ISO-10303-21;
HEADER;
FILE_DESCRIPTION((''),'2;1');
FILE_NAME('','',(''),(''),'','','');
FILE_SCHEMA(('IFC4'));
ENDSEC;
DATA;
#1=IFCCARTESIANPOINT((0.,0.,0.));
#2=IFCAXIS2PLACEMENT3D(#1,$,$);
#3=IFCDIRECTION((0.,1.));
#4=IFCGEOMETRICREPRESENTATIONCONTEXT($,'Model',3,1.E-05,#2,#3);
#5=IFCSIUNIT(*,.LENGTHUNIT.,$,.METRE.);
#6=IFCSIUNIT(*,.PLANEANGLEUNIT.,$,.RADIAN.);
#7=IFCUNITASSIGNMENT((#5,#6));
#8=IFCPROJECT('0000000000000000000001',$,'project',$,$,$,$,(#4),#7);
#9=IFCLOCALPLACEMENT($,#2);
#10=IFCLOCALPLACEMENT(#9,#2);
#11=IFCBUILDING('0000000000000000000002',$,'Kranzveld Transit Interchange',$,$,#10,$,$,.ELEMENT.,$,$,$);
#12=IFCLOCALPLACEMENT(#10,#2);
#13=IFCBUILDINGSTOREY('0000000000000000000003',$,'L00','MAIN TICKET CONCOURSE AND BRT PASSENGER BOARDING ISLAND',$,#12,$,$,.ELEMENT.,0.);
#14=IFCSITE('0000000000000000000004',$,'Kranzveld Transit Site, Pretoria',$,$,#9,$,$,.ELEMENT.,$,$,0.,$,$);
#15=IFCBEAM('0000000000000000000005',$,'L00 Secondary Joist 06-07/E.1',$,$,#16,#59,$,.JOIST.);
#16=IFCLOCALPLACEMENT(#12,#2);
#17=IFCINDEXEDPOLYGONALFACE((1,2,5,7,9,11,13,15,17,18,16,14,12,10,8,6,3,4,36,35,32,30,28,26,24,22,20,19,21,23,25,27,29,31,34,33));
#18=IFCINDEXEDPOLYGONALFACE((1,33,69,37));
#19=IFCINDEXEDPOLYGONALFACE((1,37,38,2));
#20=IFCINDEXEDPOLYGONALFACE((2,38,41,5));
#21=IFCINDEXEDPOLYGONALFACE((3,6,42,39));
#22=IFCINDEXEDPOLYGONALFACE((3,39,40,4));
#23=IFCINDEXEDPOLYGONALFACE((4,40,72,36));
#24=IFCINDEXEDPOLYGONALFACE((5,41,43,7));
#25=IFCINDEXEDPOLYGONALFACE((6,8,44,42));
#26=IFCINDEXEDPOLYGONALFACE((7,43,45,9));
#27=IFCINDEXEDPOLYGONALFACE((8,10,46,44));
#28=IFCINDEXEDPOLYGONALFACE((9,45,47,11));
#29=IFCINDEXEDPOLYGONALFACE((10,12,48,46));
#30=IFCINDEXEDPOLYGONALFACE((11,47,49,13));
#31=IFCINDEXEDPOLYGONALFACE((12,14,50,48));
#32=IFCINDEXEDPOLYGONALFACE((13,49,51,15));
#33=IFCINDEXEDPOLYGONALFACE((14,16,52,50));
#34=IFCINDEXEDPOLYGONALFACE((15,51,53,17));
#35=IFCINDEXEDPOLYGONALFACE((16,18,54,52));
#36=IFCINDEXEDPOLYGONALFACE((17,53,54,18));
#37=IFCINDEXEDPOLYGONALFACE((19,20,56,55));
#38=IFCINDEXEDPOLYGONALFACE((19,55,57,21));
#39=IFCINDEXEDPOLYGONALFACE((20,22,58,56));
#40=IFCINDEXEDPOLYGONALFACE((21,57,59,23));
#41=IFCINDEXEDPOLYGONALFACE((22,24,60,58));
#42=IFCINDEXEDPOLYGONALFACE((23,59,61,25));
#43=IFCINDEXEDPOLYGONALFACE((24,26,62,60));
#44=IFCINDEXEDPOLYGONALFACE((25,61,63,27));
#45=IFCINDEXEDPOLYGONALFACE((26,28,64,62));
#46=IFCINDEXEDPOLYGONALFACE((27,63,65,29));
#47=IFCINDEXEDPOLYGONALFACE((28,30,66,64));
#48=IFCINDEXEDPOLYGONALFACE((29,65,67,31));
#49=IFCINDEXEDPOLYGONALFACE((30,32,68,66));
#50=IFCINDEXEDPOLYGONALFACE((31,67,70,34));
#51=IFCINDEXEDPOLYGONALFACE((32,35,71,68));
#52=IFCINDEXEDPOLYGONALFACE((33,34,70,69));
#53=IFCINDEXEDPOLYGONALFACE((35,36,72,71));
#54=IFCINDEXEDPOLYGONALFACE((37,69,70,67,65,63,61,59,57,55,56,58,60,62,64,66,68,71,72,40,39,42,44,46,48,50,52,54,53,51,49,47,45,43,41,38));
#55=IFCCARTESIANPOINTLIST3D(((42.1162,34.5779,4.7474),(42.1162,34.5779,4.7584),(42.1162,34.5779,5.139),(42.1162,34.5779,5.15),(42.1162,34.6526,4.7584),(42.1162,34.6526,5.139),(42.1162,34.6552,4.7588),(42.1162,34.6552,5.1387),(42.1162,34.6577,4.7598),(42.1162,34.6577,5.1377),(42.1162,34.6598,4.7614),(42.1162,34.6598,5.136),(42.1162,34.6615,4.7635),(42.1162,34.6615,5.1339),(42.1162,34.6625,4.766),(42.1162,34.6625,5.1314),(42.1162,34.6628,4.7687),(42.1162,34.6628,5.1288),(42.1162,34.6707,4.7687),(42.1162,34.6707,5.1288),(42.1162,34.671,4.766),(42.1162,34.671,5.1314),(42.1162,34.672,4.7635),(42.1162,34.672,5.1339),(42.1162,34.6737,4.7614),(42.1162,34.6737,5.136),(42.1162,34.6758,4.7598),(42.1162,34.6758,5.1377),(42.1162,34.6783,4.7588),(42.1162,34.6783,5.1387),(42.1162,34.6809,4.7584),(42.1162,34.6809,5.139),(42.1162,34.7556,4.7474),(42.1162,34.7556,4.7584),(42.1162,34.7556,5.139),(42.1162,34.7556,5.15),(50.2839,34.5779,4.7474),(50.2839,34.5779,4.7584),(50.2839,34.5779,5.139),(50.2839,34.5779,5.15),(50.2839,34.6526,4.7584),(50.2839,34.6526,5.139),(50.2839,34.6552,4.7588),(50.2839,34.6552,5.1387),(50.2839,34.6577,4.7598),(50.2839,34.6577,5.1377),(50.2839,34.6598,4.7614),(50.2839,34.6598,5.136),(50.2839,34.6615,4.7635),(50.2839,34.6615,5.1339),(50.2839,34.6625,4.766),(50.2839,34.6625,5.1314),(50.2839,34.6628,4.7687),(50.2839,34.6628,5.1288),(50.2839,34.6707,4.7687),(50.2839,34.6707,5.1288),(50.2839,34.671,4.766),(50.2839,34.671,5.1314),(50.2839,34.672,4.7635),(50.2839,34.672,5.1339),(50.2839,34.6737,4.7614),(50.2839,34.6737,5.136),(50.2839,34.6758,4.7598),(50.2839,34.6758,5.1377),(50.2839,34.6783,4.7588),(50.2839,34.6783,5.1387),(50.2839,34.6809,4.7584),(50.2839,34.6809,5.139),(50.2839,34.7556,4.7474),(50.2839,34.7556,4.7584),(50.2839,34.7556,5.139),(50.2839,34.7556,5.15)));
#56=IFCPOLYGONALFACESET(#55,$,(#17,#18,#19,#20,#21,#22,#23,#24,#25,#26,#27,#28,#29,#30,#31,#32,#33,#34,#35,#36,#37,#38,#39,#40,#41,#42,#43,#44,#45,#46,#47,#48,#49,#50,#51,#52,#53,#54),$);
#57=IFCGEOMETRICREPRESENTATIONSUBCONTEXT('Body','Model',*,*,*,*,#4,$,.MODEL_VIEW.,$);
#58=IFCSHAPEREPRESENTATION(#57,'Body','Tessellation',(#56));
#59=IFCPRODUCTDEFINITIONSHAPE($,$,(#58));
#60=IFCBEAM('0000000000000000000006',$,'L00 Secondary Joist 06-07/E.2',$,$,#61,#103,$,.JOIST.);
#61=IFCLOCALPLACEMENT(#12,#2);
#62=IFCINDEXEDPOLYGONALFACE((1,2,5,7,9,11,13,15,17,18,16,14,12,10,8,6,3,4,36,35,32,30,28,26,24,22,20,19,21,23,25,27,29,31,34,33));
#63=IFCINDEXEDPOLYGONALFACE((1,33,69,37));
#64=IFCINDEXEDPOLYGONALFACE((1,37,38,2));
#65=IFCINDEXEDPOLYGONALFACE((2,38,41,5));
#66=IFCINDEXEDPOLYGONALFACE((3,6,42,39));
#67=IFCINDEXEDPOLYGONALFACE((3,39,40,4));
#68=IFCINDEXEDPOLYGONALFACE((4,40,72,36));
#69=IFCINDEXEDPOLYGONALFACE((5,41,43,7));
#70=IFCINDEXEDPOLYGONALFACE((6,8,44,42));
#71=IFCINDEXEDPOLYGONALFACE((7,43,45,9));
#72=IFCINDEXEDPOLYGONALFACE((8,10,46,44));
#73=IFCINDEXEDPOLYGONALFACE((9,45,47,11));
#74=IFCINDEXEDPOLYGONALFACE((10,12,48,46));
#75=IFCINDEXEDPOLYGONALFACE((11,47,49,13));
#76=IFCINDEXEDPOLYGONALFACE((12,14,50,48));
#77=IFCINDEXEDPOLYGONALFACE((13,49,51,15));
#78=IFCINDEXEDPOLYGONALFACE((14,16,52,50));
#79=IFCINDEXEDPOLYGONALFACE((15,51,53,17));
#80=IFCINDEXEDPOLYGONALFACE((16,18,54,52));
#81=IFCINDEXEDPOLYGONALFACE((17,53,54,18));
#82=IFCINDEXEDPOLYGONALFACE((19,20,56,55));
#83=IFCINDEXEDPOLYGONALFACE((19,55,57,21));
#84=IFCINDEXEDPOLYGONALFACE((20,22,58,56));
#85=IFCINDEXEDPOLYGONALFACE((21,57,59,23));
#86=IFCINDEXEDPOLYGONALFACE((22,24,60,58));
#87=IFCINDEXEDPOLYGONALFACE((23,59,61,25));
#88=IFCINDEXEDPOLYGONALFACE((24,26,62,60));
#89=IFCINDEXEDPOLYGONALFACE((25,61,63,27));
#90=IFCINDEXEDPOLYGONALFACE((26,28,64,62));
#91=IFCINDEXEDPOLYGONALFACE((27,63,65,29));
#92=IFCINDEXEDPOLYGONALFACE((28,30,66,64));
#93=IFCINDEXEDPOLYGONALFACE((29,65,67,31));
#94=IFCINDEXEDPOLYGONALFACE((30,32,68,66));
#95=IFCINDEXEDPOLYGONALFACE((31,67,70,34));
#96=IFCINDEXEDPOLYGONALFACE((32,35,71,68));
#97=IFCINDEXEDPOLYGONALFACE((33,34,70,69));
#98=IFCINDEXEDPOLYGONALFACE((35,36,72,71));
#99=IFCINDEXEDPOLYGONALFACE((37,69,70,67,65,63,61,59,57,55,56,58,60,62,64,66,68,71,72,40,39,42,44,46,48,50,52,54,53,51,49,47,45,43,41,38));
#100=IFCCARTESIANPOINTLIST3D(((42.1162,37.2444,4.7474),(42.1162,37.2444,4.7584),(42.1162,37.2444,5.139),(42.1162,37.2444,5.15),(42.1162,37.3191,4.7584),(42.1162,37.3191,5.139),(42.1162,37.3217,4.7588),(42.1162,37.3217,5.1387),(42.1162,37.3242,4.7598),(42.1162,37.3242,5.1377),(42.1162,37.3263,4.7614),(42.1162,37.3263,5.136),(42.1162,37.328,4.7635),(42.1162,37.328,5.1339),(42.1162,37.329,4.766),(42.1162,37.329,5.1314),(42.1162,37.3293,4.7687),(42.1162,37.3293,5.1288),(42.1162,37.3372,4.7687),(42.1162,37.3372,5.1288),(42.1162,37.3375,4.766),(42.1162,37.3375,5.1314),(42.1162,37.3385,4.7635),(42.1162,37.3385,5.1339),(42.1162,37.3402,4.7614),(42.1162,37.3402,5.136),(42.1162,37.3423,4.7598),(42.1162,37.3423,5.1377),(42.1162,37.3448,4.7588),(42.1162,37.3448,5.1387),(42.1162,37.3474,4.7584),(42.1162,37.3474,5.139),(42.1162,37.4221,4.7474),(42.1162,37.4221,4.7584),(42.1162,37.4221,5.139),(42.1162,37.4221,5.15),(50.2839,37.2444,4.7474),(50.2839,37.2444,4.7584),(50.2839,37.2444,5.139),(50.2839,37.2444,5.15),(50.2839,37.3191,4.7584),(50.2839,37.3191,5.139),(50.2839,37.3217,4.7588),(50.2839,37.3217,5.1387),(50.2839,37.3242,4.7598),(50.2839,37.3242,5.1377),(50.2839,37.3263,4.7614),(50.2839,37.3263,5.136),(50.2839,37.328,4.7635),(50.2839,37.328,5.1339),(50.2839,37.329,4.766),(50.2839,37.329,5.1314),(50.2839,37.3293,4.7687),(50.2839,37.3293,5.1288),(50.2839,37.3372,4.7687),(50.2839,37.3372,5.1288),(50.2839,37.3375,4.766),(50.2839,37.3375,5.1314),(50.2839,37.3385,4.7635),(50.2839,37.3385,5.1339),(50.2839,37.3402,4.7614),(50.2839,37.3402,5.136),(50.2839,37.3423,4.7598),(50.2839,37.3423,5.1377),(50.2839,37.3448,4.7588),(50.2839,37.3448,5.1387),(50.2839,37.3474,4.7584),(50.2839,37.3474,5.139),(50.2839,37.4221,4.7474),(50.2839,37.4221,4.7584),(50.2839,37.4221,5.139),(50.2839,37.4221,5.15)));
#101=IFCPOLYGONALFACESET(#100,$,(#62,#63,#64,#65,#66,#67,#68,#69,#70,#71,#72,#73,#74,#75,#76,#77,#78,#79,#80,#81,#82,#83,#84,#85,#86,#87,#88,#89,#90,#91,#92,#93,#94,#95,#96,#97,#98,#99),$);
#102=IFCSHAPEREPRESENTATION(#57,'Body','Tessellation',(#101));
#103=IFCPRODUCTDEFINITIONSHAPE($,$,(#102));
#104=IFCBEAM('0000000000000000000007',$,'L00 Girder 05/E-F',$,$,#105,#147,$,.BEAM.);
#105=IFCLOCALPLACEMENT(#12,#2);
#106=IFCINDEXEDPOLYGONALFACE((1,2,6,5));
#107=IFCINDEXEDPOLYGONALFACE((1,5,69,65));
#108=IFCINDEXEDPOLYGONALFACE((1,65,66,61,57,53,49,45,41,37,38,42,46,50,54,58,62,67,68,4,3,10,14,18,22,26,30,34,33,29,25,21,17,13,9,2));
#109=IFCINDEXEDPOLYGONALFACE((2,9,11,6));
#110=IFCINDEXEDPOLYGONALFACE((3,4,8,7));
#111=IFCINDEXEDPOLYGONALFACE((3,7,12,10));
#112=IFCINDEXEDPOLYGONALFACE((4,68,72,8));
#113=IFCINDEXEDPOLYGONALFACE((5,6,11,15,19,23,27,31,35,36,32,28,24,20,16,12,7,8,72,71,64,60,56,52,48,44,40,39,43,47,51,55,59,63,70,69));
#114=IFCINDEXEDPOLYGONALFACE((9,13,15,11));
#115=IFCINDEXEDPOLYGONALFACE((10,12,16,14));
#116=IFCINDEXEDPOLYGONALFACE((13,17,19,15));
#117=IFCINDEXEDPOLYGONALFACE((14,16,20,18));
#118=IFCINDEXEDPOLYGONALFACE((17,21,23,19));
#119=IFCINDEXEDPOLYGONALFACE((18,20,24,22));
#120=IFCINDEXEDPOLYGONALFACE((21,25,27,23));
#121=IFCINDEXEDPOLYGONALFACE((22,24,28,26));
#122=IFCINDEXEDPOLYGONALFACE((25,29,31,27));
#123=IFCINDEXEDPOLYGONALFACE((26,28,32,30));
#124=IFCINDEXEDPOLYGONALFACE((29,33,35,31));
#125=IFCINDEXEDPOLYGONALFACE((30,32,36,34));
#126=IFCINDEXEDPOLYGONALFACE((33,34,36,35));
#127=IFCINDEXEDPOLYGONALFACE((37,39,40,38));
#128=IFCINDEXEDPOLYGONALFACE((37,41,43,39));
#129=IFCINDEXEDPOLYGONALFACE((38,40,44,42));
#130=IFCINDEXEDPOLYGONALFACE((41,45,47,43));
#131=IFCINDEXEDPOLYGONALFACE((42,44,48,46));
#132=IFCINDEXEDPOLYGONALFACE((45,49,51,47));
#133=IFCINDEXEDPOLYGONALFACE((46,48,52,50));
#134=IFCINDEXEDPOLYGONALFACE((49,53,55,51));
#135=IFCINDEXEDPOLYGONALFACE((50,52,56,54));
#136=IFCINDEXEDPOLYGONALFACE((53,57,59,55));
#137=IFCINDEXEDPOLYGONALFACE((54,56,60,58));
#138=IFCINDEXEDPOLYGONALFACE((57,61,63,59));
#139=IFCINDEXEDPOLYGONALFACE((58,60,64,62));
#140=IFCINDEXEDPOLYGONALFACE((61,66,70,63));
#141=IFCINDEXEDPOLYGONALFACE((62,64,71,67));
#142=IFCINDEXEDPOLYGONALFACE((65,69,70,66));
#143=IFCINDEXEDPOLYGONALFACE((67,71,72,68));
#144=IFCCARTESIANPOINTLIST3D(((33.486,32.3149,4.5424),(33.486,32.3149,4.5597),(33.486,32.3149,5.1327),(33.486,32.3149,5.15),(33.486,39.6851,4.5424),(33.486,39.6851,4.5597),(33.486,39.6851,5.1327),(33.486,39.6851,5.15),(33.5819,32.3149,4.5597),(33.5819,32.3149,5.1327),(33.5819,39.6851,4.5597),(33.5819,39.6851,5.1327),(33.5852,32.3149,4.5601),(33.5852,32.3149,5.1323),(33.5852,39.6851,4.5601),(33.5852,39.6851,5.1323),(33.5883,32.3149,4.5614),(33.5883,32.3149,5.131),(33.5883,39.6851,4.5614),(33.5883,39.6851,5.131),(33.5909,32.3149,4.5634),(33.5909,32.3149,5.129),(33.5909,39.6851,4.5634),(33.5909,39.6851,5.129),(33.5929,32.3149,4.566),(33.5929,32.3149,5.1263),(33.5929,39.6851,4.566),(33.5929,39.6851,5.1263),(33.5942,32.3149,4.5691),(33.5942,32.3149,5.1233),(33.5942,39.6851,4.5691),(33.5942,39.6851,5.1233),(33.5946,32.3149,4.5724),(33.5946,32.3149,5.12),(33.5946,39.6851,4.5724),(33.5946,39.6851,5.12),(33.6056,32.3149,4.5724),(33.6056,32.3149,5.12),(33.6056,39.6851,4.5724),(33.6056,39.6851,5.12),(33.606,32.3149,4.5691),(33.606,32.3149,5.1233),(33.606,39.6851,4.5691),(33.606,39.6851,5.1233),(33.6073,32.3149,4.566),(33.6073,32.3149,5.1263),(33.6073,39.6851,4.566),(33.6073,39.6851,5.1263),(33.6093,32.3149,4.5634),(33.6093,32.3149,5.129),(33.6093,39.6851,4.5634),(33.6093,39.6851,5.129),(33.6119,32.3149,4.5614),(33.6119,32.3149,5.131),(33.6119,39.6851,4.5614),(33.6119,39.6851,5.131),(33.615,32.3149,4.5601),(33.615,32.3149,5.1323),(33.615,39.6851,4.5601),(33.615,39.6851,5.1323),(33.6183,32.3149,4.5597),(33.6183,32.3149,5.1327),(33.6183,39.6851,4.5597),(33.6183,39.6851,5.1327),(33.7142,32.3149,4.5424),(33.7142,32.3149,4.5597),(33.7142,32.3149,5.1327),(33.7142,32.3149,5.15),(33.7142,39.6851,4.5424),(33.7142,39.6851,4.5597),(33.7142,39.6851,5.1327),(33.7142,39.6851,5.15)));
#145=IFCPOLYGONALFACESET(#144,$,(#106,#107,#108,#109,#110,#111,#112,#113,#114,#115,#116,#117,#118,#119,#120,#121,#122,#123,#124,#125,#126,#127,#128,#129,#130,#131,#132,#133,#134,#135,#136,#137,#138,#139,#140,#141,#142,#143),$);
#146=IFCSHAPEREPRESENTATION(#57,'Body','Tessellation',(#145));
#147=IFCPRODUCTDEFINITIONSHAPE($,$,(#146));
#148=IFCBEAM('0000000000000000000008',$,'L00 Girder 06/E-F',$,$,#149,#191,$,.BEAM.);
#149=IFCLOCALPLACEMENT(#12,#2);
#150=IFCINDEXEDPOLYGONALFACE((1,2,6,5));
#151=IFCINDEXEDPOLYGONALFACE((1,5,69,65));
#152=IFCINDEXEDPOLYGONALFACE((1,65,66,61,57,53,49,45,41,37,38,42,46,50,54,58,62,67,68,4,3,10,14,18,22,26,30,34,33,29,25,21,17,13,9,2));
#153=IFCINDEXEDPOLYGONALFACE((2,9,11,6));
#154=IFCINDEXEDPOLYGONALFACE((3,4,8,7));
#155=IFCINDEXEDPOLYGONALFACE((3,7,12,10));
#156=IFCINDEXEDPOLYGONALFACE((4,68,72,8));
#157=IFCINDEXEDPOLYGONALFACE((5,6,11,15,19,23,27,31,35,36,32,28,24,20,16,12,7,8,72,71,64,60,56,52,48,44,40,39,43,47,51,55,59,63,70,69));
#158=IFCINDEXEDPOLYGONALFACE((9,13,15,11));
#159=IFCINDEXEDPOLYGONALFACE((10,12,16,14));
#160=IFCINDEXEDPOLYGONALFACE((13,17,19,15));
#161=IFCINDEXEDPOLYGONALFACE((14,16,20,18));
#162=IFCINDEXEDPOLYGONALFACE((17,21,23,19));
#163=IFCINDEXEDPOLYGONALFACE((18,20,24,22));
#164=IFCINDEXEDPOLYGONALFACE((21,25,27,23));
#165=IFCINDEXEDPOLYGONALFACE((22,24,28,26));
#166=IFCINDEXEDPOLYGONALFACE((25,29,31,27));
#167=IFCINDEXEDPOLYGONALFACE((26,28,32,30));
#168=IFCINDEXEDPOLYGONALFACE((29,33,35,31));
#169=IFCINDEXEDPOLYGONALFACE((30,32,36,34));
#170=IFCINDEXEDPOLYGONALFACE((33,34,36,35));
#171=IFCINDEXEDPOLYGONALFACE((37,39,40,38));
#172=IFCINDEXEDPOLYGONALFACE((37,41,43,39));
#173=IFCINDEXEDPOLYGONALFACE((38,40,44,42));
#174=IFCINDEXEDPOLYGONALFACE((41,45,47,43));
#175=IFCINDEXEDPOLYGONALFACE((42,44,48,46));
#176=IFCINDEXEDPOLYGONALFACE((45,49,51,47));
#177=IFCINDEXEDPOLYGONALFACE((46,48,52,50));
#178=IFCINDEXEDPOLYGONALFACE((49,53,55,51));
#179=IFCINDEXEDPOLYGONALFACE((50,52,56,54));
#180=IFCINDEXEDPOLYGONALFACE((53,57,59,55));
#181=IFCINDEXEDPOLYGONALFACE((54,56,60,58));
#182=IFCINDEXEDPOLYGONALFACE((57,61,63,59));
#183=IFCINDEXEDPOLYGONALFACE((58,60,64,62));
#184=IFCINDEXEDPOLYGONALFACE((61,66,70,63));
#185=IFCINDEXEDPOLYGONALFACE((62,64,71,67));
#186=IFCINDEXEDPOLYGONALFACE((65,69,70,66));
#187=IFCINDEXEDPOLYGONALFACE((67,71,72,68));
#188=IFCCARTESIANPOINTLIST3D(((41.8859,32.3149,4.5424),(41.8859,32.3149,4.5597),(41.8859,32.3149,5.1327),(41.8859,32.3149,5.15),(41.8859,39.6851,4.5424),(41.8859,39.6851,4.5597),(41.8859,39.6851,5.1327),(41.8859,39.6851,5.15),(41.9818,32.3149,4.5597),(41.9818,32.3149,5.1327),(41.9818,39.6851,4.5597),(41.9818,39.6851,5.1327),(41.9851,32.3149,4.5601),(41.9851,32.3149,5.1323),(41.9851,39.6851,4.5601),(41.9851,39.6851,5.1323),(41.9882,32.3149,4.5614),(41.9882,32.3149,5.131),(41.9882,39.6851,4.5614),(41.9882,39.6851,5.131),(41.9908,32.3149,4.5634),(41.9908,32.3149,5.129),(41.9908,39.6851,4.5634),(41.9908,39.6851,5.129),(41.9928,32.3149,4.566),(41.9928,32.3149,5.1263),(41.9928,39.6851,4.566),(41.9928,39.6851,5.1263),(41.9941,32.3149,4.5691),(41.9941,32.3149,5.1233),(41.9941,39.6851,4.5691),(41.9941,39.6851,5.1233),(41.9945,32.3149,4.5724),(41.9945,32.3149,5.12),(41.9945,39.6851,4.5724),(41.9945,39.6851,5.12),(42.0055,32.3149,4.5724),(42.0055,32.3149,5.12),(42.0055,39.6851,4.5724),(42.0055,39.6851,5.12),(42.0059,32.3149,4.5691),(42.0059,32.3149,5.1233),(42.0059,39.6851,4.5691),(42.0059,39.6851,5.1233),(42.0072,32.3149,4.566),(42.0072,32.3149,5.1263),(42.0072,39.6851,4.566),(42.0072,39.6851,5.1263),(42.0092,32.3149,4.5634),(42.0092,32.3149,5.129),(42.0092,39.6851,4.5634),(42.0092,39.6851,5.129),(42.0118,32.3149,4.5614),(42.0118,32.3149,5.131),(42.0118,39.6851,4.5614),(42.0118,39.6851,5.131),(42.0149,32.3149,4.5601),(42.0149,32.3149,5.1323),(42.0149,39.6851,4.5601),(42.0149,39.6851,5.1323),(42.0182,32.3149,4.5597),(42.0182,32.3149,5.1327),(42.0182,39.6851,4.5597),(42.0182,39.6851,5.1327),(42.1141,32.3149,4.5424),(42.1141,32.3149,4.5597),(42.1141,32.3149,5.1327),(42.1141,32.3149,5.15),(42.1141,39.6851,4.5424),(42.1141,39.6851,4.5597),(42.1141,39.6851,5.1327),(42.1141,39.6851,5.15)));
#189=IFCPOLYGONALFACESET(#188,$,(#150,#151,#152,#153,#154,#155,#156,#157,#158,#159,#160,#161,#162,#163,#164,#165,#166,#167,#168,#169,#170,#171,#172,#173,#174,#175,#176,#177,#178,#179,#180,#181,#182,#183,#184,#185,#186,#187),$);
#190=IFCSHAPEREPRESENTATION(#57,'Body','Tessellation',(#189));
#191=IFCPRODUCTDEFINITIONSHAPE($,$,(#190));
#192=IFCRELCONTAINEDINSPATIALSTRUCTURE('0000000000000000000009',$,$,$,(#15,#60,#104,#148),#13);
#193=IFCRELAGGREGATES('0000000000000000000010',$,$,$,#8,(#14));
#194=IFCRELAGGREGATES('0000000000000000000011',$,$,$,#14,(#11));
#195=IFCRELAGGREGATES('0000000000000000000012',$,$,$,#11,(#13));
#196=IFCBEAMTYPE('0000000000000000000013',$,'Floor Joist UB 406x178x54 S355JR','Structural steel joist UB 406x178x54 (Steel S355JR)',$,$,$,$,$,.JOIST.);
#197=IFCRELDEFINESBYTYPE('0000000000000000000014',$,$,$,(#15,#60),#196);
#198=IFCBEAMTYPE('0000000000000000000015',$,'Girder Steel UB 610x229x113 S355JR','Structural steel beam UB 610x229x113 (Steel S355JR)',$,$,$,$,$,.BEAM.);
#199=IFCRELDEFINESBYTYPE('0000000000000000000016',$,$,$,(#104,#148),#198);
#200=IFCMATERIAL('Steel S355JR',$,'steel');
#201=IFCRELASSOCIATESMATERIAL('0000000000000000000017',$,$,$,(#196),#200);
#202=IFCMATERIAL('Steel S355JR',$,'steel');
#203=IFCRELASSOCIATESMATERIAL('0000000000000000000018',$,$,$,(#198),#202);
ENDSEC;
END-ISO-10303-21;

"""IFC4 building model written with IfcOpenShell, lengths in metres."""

from ifc_helpers import new_model, si_unit, direction, frame, origin, origin_2d, place, context, subcontext, project, spatial, i_section, extrude, material, material_profile, profile_set, type_object, element, save


model = new_model("IFC4")

# Units and contexts
model_context = context("Model", 3, precision=1e-05, world=origin(), true_north=direction((0.0, 1.0)))
body_context = subcontext(model_context, "Body", "Model", "MODEL_VIEW")
ifc_project = project(units=[si_unit("LENGTHUNIT", "METRE"), si_unit("PLANEANGLEUNIT", "RADIAN")], contexts=[model_context])

# Site, building, storey
site_placement = place(None, origin())
site = spatial("IfcSite", under=ifc_project, at=site_placement, Name="Kranzveld Transit Site, Pretoria", CompositionType="ELEMENT", RefElevation=0.0)
building_placement = place(site_placement, origin())
building = spatial("IfcBuilding", under=site, at=building_placement, Name="Kranzveld Transit Interchange", CompositionType="ELEMENT")
storey_placement = place(building_placement, origin())
storey = spatial("IfcBuildingStorey", under=building, at=storey_placement, Name="L00", Description="MAIN TICKET CONCOURSE AND BRT PASSENGER BOARDING ISLAND", CompositionType="ELEMENT", Elevation=0.0)

# Beams
ifc_material_1 = material(Name="Steel S355JR", Category="steel")
ifc_material_profile_1 = material_profile(ifc_material_1, i_section(OverallWidth=0.1777, OverallDepth=0.4026, WebThickness=0.0078, FlangeThickness=0.011, FilletRadius=0.0103, at=origin_2d()), Name="UB 406x178x54")
ifc_profile_set_1 = profile_set([ifc_material_profile_1], Name="Steel S355JR")
beam_type_1 = type_object("IfcBeamType", Name="Floor Joist UB 406x178x54 S355JR", Description="Structural steel joist UB 406x178x54 (Steel S355JR)", PredefinedType="JOIST", material=ifc_profile_set_1)
for number, where, z_axis, x_axis, name in (
    (1, (42.1162, 34.6667, 4.9487), (1.0, 0.0, 0.0), (0.0, 1.0, 0.0), "L00 Secondary Joist 06-07/E.1"),
    (2, (42.1162, 37.3333, 4.9487), (1.0, 0.0, 0.0), (0.0, 1.0, 0.0), "L00 Secondary Joist 06-07/E.2"),
):
    element("IfcBeam", number, at=place(storey_placement, frame(where, z_axis=z_axis, x_axis=x_axis)), inside=storey, type_object=beam_type_1, Name=name, PredefinedType="JOIST", context=body_context, shape_type="SweptSolid", body=[
        extrude(i_section(OverallWidth=0.1777, OverallDepth=0.4026, WebThickness=0.0078, FlangeThickness=0.011, FilletRadius=0.0103, at=origin_2d()), origin(), (0.0, 0.0, 1.0), 8.1677),
    ])
ifc_material_2 = material(Name="Steel S355JR", Category="steel")
ifc_material_profile_2 = material_profile(ifc_material_2, i_section(OverallWidth=0.2283, OverallDepth=0.6077, WebThickness=0.011, FlangeThickness=0.0173, FilletRadius=0.0127, at=origin_2d()), Name="UB 610x229x113")
ifc_profile_set_2 = profile_set([ifc_material_profile_2], Name="Steel S355JR")
beam_type_2 = type_object("IfcBeamType", Name="Girder Steel UB 610x229x113 S355JR", Description="Structural steel beam UB 610x229x113 (Steel S355JR)", PredefinedType="BEAM", material=ifc_profile_set_2)
for number, where, z_axis, x_axis, name in (
    (3, (33.6001, 32.3149, 4.8462), (0.0, 1.0, 0.0), (-1.0, 0.0, 0.0), "L00 Girder 05/E-F"),
    (4, (42.0, 32.3149, 4.8462), (0.0, 1.0, 0.0), (-1.0, 0.0, 0.0), "L00 Girder 06/E-F"),
):
    element("IfcBeam", number, at=place(storey_placement, frame(where, z_axis=z_axis, x_axis=x_axis)), inside=storey, type_object=beam_type_2, Name=name, PredefinedType="BEAM", context=body_context, shape_type="SweptSolid", body=[
        extrude(i_section(OverallWidth=0.2283, OverallDepth=0.6077, WebThickness=0.011, FlangeThickness=0.0173, FilletRadius=0.0127, at=origin_2d()), origin(), (0.0, 0.0, 1.0), 7.3701),
    ])

save(model, "model.ifc")
